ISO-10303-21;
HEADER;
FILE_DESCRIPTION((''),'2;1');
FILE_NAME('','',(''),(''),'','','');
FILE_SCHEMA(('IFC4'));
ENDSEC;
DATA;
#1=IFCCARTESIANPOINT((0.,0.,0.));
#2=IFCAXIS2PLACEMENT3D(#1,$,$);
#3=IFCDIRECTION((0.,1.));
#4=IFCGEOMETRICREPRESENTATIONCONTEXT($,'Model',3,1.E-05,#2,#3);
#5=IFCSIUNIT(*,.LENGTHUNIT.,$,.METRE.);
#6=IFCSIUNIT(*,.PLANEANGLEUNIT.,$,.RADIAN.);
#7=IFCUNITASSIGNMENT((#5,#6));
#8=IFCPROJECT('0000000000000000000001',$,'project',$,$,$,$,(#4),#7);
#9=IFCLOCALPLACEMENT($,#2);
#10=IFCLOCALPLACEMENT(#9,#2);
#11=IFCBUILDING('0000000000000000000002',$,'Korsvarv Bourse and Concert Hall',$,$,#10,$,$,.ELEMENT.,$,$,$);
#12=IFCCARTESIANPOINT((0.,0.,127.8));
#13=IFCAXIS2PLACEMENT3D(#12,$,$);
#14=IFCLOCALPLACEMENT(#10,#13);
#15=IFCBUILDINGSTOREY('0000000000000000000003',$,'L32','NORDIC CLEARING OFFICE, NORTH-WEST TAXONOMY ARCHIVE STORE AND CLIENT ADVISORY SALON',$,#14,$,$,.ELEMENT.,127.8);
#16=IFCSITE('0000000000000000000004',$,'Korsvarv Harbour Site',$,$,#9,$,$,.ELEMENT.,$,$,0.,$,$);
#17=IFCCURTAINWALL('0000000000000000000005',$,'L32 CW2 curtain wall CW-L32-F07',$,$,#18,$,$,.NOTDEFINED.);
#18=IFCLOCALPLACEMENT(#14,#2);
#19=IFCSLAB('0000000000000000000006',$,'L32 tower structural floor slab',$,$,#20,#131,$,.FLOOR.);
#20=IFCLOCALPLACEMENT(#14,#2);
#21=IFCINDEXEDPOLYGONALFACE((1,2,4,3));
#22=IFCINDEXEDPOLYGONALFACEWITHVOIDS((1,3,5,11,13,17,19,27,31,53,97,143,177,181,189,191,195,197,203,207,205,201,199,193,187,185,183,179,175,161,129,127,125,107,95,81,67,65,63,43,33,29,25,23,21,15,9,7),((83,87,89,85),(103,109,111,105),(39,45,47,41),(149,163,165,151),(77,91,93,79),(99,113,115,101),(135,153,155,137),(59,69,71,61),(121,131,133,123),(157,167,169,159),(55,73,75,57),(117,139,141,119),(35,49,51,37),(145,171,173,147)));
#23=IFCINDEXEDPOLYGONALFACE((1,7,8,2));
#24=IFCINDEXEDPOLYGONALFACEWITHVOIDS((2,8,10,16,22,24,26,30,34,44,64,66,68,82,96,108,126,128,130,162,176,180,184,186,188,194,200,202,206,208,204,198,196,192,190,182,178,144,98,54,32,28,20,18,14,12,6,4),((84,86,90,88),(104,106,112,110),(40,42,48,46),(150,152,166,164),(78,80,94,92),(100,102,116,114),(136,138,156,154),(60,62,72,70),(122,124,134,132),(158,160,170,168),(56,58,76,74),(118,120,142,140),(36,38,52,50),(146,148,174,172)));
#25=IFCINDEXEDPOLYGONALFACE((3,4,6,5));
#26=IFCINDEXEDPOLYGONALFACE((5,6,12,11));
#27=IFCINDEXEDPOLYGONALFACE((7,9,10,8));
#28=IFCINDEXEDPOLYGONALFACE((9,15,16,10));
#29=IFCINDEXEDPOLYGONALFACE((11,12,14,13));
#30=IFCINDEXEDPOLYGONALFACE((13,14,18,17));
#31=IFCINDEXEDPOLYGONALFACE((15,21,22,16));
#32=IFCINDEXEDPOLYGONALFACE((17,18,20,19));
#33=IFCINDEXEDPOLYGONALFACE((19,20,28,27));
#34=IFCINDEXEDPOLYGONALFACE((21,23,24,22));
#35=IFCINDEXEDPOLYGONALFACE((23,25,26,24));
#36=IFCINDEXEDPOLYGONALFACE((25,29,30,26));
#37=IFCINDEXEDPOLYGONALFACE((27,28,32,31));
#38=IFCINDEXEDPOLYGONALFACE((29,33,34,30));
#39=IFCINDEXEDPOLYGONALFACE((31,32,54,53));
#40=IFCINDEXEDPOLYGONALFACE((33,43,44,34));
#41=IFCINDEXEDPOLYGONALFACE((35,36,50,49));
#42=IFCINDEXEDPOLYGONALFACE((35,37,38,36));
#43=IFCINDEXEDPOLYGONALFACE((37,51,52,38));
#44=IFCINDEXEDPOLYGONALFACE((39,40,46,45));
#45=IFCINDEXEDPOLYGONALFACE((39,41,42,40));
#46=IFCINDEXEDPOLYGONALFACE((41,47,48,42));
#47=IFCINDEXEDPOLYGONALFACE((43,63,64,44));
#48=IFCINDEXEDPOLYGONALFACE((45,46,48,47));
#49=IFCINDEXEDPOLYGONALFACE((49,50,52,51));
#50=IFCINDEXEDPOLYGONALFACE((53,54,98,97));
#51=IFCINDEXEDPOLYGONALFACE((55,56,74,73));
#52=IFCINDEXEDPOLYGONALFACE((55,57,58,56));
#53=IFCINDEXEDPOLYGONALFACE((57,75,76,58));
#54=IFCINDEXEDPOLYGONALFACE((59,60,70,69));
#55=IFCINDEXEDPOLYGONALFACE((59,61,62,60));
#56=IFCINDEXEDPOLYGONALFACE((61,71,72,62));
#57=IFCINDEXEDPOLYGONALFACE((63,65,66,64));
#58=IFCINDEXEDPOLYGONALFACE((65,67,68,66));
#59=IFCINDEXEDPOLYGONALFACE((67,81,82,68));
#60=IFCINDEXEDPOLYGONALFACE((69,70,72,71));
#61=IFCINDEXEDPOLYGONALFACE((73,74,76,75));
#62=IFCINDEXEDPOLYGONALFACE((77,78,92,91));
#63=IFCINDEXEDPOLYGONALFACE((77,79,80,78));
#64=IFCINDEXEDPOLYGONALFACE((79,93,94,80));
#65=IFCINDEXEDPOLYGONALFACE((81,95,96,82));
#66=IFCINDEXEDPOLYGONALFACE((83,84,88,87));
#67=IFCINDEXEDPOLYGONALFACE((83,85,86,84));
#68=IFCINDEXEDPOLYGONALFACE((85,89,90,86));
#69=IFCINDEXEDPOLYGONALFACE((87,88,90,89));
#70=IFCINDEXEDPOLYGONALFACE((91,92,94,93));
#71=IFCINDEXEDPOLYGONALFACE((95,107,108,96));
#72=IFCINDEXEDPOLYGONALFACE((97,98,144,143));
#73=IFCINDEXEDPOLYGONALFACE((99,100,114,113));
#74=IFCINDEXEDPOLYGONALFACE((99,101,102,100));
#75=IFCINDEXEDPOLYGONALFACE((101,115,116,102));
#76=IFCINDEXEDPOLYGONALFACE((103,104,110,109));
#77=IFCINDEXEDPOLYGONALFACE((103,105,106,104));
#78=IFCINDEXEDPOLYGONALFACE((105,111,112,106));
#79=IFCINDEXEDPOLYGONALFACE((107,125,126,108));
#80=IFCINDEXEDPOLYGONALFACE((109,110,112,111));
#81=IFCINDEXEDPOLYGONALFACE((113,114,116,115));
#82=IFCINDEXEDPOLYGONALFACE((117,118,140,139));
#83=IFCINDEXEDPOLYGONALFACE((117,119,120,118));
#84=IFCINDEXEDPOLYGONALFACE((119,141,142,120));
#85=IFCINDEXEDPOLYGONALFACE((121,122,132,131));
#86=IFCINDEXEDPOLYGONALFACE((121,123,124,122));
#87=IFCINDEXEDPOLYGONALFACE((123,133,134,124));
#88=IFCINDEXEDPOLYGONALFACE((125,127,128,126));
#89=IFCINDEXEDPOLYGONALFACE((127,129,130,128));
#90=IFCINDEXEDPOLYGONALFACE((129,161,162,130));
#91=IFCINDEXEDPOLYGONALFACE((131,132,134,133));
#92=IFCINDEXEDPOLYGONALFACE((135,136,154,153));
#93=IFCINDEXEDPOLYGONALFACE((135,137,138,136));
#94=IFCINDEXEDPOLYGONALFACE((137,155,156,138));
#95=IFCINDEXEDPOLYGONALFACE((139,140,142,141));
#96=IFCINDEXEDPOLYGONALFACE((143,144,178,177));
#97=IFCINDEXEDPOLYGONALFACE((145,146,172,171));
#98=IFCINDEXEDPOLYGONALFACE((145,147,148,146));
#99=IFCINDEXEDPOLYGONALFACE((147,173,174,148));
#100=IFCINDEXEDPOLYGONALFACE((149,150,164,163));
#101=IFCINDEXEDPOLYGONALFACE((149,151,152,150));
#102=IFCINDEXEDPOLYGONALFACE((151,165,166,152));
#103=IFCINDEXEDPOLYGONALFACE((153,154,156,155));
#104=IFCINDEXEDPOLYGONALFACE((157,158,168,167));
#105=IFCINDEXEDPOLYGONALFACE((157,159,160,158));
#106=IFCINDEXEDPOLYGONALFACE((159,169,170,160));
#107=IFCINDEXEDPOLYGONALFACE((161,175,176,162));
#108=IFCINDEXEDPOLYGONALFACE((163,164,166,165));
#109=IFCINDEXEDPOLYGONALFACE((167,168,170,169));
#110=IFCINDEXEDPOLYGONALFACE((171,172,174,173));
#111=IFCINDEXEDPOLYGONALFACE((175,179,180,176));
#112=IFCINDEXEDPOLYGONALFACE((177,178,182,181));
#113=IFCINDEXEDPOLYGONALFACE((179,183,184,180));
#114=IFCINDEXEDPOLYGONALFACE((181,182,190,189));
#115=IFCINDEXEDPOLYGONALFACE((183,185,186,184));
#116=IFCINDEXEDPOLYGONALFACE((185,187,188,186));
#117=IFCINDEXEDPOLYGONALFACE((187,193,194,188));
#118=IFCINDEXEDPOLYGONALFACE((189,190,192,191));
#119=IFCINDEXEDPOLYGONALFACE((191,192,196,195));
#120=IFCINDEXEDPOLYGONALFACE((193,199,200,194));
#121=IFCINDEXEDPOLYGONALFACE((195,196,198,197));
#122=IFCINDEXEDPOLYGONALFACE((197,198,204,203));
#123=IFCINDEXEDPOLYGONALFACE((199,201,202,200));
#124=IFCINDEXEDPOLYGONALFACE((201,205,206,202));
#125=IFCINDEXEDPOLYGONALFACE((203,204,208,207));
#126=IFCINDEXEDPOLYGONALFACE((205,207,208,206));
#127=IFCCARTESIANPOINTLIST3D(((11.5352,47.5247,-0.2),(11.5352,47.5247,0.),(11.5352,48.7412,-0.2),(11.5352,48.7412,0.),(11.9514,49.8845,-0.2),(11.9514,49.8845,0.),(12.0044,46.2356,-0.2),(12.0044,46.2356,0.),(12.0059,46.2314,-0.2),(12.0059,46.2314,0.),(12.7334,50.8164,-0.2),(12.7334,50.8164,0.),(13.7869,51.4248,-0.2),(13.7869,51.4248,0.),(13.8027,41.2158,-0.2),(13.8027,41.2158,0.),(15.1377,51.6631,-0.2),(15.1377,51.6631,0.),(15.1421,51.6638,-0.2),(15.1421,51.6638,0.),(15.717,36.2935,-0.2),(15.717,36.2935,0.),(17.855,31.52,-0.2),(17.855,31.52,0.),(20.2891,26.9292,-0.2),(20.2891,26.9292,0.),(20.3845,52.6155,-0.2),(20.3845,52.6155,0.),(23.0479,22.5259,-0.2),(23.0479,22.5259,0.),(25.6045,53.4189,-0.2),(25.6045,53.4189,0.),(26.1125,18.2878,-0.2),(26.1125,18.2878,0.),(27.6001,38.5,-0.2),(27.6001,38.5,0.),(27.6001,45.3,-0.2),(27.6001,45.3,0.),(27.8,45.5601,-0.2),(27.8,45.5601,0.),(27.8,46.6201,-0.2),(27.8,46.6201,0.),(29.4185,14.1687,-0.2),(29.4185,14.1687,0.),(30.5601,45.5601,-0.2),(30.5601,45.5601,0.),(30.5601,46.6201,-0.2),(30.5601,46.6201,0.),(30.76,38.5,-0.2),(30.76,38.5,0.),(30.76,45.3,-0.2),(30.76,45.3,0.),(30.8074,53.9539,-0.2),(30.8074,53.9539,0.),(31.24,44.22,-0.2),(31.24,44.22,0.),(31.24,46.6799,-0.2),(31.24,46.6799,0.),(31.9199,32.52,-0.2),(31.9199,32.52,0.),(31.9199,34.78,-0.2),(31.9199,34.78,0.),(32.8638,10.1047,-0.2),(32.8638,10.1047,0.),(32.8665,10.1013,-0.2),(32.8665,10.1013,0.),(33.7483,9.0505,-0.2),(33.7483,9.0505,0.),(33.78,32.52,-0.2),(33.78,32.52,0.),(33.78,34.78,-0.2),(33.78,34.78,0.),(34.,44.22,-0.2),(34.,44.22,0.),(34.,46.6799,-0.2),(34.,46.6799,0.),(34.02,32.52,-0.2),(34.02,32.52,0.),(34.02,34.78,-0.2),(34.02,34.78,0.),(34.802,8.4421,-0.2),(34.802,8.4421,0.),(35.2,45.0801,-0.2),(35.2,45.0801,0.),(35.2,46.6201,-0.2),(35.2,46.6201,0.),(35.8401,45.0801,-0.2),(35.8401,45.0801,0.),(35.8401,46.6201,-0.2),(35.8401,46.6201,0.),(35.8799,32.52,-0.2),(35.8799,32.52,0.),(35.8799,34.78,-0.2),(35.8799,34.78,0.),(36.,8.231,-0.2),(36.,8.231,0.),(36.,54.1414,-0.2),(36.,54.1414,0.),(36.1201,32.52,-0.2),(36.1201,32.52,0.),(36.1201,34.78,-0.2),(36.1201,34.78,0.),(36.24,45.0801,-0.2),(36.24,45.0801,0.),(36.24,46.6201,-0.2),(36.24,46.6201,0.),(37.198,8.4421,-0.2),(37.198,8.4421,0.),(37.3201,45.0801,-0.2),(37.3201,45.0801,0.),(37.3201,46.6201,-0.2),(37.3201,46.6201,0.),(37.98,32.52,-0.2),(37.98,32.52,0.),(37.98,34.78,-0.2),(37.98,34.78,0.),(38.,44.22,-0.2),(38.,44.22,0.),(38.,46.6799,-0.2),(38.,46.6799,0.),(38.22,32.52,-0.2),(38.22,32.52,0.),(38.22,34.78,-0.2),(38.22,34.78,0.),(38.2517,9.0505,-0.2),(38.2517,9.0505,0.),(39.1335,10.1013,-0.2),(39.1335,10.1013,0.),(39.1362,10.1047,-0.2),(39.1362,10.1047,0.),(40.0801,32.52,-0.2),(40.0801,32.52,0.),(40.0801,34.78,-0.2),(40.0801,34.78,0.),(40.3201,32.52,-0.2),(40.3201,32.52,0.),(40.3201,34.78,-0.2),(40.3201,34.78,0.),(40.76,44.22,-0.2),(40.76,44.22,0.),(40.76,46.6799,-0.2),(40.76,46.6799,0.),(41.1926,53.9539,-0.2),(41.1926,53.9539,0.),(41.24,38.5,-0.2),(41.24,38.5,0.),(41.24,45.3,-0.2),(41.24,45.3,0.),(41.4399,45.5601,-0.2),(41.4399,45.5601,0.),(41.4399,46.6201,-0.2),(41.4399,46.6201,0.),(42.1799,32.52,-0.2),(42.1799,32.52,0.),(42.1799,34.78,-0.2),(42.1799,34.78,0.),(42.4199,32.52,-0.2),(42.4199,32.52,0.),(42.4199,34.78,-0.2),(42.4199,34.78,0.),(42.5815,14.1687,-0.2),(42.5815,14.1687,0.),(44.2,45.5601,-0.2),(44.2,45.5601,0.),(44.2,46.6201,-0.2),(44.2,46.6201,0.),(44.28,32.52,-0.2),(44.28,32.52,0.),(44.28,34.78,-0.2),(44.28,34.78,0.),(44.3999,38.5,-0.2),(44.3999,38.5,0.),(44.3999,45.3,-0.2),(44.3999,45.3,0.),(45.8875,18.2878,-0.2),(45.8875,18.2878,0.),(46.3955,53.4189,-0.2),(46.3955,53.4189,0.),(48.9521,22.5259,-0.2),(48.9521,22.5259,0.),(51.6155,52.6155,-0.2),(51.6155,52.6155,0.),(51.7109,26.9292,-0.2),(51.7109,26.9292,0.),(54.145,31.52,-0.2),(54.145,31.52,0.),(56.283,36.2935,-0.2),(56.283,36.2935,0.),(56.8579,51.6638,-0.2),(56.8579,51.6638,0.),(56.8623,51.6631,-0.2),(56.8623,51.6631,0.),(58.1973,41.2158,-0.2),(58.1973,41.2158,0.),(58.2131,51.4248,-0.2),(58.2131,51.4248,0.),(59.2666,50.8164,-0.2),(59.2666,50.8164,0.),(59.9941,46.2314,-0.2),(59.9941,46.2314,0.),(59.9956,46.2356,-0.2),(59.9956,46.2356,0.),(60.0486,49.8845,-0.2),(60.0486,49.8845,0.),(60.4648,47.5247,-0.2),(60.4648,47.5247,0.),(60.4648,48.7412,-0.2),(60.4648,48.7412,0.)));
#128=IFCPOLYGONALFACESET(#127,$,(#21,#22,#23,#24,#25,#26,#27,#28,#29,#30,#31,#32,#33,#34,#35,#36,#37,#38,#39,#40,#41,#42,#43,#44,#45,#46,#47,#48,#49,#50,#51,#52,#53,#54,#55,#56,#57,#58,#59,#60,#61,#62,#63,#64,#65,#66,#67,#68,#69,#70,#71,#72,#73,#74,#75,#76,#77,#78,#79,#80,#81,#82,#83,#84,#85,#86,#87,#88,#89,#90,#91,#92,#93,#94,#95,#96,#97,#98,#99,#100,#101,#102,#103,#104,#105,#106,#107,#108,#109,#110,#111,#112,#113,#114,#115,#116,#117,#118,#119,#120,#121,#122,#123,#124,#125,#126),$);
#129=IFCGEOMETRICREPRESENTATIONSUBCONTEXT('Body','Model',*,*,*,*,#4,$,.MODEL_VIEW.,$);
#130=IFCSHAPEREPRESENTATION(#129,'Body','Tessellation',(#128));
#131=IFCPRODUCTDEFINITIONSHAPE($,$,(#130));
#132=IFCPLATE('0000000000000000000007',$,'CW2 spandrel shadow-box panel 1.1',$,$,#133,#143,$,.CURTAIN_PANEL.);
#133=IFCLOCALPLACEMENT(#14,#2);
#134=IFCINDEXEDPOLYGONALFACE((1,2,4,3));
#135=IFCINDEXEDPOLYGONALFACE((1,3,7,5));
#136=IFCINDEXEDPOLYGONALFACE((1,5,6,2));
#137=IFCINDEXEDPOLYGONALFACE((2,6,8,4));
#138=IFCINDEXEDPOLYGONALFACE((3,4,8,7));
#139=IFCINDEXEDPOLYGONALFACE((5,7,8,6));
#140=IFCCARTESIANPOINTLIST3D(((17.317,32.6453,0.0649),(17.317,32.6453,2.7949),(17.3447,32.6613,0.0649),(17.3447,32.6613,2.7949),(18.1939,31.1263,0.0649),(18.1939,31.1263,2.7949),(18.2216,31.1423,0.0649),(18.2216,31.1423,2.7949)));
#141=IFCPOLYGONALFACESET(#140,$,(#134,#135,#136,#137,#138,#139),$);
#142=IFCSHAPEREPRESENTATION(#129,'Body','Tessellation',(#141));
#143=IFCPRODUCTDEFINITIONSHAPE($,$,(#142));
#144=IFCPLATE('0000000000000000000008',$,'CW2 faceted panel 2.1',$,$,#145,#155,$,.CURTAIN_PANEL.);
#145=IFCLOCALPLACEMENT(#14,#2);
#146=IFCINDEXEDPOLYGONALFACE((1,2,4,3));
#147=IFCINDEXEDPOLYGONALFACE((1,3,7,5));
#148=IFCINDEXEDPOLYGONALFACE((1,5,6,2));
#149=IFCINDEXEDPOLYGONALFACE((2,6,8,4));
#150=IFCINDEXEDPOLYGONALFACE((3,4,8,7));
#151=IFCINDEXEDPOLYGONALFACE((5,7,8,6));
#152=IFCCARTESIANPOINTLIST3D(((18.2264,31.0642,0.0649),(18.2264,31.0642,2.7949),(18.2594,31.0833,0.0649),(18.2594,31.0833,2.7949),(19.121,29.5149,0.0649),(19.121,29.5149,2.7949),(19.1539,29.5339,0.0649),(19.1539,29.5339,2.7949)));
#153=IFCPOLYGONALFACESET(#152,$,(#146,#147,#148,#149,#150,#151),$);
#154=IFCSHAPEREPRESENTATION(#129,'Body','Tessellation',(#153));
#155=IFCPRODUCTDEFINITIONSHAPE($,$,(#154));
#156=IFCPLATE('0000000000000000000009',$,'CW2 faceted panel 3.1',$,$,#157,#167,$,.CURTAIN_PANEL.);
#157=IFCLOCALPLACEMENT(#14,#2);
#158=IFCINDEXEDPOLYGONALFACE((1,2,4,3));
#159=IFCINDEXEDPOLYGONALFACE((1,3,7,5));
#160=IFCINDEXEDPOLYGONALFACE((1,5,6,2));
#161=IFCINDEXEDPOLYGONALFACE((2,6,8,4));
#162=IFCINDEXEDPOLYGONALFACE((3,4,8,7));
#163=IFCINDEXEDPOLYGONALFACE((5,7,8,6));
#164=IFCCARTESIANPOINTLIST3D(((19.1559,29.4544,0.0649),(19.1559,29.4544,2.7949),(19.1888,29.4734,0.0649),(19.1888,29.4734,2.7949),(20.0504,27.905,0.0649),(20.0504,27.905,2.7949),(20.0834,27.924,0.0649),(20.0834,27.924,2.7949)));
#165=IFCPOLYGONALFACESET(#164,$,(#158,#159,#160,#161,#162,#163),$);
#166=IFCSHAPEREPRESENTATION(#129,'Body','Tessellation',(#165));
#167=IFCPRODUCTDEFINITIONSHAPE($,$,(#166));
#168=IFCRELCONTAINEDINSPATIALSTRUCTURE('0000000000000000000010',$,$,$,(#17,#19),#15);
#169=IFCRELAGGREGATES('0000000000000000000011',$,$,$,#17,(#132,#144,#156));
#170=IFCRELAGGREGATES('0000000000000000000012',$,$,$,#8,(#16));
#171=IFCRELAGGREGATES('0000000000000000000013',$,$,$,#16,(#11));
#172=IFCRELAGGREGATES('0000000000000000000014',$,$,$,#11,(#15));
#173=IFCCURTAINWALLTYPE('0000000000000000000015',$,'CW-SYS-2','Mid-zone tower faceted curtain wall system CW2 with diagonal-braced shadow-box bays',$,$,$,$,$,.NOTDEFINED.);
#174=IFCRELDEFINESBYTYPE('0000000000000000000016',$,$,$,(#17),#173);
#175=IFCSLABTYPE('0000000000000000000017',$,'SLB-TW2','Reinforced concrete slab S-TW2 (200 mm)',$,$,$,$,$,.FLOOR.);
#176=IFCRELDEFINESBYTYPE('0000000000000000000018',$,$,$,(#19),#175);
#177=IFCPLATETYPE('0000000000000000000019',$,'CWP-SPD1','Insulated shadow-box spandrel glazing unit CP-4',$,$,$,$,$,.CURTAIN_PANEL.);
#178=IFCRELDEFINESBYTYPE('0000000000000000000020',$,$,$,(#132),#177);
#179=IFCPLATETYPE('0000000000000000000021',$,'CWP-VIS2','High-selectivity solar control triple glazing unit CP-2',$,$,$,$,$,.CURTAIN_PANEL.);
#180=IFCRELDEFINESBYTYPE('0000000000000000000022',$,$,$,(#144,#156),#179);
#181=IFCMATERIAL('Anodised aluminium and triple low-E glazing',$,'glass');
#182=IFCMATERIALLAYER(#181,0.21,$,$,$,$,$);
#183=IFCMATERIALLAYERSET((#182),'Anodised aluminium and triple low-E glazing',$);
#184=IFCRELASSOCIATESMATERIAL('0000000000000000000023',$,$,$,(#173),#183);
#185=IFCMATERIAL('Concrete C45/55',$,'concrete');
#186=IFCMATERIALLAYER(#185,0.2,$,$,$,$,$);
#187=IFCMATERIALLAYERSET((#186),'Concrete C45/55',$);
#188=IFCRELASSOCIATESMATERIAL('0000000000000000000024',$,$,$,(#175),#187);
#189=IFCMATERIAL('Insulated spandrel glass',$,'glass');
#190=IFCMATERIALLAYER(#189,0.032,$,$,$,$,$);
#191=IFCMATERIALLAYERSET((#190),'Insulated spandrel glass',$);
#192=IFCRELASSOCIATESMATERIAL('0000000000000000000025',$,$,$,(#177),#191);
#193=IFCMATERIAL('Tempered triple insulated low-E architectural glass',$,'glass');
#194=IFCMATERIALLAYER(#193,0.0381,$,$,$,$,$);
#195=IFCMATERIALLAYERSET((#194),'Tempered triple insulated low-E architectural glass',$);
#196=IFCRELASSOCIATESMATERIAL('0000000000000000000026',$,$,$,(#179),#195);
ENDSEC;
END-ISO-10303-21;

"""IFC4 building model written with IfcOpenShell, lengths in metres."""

from ifc_helpers import new_model, si_unit, direction, frame, origin, origin_2d, place, context, subcontext, project, spatial, polyline, rectangle, outline, extrude, source, transform, mapped, material, layer, layer_set, type_object, element, aggregate, save


model = new_model("IFC4")

# Units and contexts
model_context = context("Model", 3, precision=1e-05, world=origin(), true_north=direction((0.0, 1.0)))
body_context = subcontext(model_context, "Body", "Model", "MODEL_VIEW")
ifc_project = project(units=[si_unit("LENGTHUNIT", "METRE"), si_unit("PLANEANGLEUNIT", "RADIAN")], contexts=[model_context])

# Site, building, storey
site_placement = place(None, origin())
site = spatial("IfcSite", under=ifc_project, at=site_placement, Name="Korsvarv Harbour Site", CompositionType="ELEMENT", RefElevation=0.0)
building_placement = place(site_placement, origin())
building = spatial("IfcBuilding", under=site, at=building_placement, Name="Korsvarv Bourse and Concert Hall", CompositionType="ELEMENT")
storey_placement = place(building_placement, frame((0.0, 0.0, 127.8)))
storey = spatial("IfcBuildingStorey", under=building, at=storey_placement, Name="L32", Description="NORDIC CLEARING OFFICE, NORTH-WEST TAXONOMY ARCHIVE STORE AND CLIENT ADVISORY SALON", CompositionType="ELEMENT", Elevation=127.8)

# Curtain wall
ifc_material_1 = material(Name="Anodised aluminium and triple low-E glazing", Category="glass")
ifc_layer_1 = layer(ifc_material_1, 0.21)
ifc_layer_set_1 = layer_set([ifc_layer_1], Name="Anodised aluminium and triple low-E glazing")
curtain_wall_type = type_object("IfcCurtainWallType", Name="CW-SYS-2", Description="Mid-zone tower faceted curtain wall system CW2 with diagonal-braced shadow-box bays", PredefinedType="NOTDEFINED", material=ifc_layer_set_1)
curtain_wall_placement = place(storey_placement, origin())
curtain_wall = element("IfcCurtainWall", 1, at=curtain_wall_placement, inside=storey, type_object=curtain_wall_type, Name="L32 CW2 curtain wall CW-L32-F07", PredefinedType="NOTDEFINED")

# Slab
ifc_material_2 = material(Name="Concrete C45/55", Category="concrete")
ifc_layer_2 = layer(ifc_material_2, 0.2)
ifc_layer_set_2 = layer_set([ifc_layer_2], Name="Concrete C45/55")
slab_type_1 = type_object("IfcSlabType", Name="SLB-TW2", Description="Reinforced concrete slab S-TW2 (200 mm)", PredefinedType="FLOOR", material=ifc_layer_set_2)
slab_1_placement = place(storey_placement, frame((0.0, 0.0, -0.2)))
element("IfcSlab", 2, at=slab_1_placement, inside=storey, type_object=slab_type_1, Name="L32 tower structural floor slab", PredefinedType="FLOOR", context=body_context, shape_type="SweptSolid", body=[
    extrude(outline(polyline([(59.9941, 46.2314), (58.1973, 41.2158), (56.283, 36.2935), (54.145, 31.52), (51.7109, 26.9292), (48.9521, 22.5259), (45.8875, 18.2878), (42.5815, 14.1687), (39.1362, 10.1047), (39.1335, 10.1013), (38.2517, 9.0505), (37.198, 8.4421), (36.0, 8.231), (34.802, 8.4421), (33.7483, 9.0505), (32.8665, 10.1013), (32.8638, 10.1047), (29.4185, 14.1687), (26.1125, 18.2878), (23.0479, 22.5259), (20.2891, 26.9292), (17.855, 31.52), (15.717, 36.2935), (13.8027, 41.2158), (12.0059, 46.2314), (12.0044, 46.2356), (11.5352, 47.5247), (11.5352, 48.7412), (11.9514, 49.8845), (12.7334, 50.8164), (13.7869, 51.4248), (15.1377, 51.6631), (15.1421, 51.6638), (20.3845, 52.6155), (25.6045, 53.4189), (30.8074, 53.9539), (36.0, 54.1414), (41.1926, 53.9539), (46.3955, 53.4189), (51.6155, 52.6155), (56.8579, 51.6638), (56.8623, 51.6631), (58.2131, 51.4248), (59.2666, 50.8164), (60.0486, 49.8845), (60.4648, 48.7412), (60.4648, 47.5247), (59.9956, 46.2356), (59.9941, 46.2314)]), holes=[polyline([(30.76, 38.5), (30.76, 45.3), (27.6001, 45.3), (27.6001, 38.5), (30.76, 38.5)]), polyline([(44.3999, 38.5), (44.3999, 45.3), (41.24, 45.3), (41.24, 38.5), (44.3999, 38.5)]), polyline([(31.24, 44.22), (34.0, 44.22), (34.0, 46.6799), (31.24, 46.6799), (31.24, 44.22)]), polyline([(38.0, 44.22), (40.76, 44.22), (40.76, 46.6799), (38.0, 46.6799), (38.0, 44.22)]), polyline([(31.9199, 32.52), (33.78, 32.52), (33.78, 34.78), (31.9199, 34.78), (31.9199, 32.52)]), polyline([(34.02, 32.52), (35.8799, 32.52), (35.8799, 34.78), (34.02, 34.78), (34.02, 32.52)]), polyline([(36.1201, 32.52), (37.98, 32.52), (37.98, 34.78), (36.1201, 34.78), (36.1201, 32.52)]), polyline([(38.22, 32.52), (40.0801, 32.52), (40.0801, 34.78), (38.22, 34.78), (38.22, 32.52)]), polyline([(40.3201, 32.52), (42.1799, 32.52), (42.1799, 34.78), (40.3201, 34.78), (40.3201, 32.52)]), polyline([(42.4199, 32.52), (44.28, 32.52), (44.28, 34.78), (42.4199, 34.78), (42.4199, 32.52)]), polyline([(27.8, 45.5601), (30.5601, 45.5601), (30.5601, 46.6201), (27.8, 46.6201), (27.8, 45.5601)]), polyline([(41.4399, 45.5601), (44.2, 45.5601), (44.2, 46.6201), (41.4399, 46.6201), (41.4399, 45.5601)]), polyline([(35.2, 45.0801), (35.8401, 45.0801), (35.8401, 46.6201), (35.2, 46.6201), (35.2, 45.0801)]), polyline([(36.24, 45.0801), (37.3201, 45.0801), (37.3201, 46.6201), (36.24, 46.6201), (36.24, 45.0801)])]), origin(), (0.0, 0.0, 1.0), 0.2),
])

# Plates
ifc_material_3 = material(Name="Insulated spandrel glass", Category="glass")
ifc_layer_3 = layer(ifc_material_3, 0.032)
ifc_layer_set_3 = layer_set([ifc_layer_3], Name="Insulated spandrel glass")
plate_type_1 = type_object("IfcPlateType", Name="CWP-SPD1", Description="Insulated shadow-box spandrel glazing unit CP-4", PredefinedType="CURTAIN_PANEL", material=ifc_layer_set_3)
shared_shape_1 = source(origin(), body_context, "Body", "SweptSolid", [
    extrude(rectangle(XDim=1.7539, YDim=0.032, at=origin_2d()), origin(), (0.0, 0.0, 1.0), 2.73),
])
plate_1_placement = place(storey_placement, frame((17.7693, 31.8938, 0.0649), z_axis=(0.0, 0.0, 1.0), x_axis=(0.500007, -0.866021, 0.0)))
plate_1 = element("IfcPlate", 3, at=plate_1_placement, type_object=plate_type_1, Name="CW2 spandrel shadow-box panel 1.1", PredefinedType="CURTAIN_PANEL", context=body_context, shape_type="MappedRepresentation", body=[
    mapped(shared_shape_1, transform((0.0, 0.0, 0.0), scale=1.0)),
])
ifc_material_4 = material(Name="Tempered triple insulated low-E architectural glass", Category="glass")
ifc_layer_4 = layer(ifc_material_4, 0.0381)
ifc_layer_set_4 = layer_set([ifc_layer_4], Name="Tempered triple insulated low-E architectural glass")
plate_type_2 = type_object("IfcPlateType", Name="CWP-VIS2", Description="High-selectivity solar control triple glazing unit CP-2", PredefinedType="CURTAIN_PANEL", material=ifc_layer_set_4)
shared_shape_2 = source(origin(), body_context, "Body", "SweptSolid", [
    extrude(rectangle(XDim=1.7891, YDim=0.0381, at=origin_2d()), origin(), (0.0, 0.0, 1.0), 2.73),
])
plate_2_placement = place(storey_placement, frame((18.6902, 30.2991, 0.0649), z_axis=(0.0, 0.0, 1.0), x_axis=(0.500007, -0.866021, 0.0)))
plate_2 = element("IfcPlate", 4, at=plate_2_placement, type_object=plate_type_2, Name="CW2 faceted panel 2.1", PredefinedType="CURTAIN_PANEL", context=body_context, shape_type="MappedRepresentation", body=[
    mapped(shared_shape_2, transform((0.0, 0.0, 0.0), scale=1.0)),
])
plate_3_placement = place(storey_placement, frame((19.6196, 28.6892, 0.0649), z_axis=(0.0, 0.0, 1.0), x_axis=(0.500007, -0.866021, 0.0)))
plate_3 = element("IfcPlate", 5, at=plate_3_placement, type_object=plate_type_2, Name="CW2 faceted panel 3.1", PredefinedType="CURTAIN_PANEL", context=body_context, shape_type="MappedRepresentation", body=[
    mapped(shared_shape_2, transform((0.0, 0.0, 0.0), scale=1.0)),
])
aggregate(curtain_wall, [plate_1, plate_2, plate_3])

save(model, "model.ifc")
